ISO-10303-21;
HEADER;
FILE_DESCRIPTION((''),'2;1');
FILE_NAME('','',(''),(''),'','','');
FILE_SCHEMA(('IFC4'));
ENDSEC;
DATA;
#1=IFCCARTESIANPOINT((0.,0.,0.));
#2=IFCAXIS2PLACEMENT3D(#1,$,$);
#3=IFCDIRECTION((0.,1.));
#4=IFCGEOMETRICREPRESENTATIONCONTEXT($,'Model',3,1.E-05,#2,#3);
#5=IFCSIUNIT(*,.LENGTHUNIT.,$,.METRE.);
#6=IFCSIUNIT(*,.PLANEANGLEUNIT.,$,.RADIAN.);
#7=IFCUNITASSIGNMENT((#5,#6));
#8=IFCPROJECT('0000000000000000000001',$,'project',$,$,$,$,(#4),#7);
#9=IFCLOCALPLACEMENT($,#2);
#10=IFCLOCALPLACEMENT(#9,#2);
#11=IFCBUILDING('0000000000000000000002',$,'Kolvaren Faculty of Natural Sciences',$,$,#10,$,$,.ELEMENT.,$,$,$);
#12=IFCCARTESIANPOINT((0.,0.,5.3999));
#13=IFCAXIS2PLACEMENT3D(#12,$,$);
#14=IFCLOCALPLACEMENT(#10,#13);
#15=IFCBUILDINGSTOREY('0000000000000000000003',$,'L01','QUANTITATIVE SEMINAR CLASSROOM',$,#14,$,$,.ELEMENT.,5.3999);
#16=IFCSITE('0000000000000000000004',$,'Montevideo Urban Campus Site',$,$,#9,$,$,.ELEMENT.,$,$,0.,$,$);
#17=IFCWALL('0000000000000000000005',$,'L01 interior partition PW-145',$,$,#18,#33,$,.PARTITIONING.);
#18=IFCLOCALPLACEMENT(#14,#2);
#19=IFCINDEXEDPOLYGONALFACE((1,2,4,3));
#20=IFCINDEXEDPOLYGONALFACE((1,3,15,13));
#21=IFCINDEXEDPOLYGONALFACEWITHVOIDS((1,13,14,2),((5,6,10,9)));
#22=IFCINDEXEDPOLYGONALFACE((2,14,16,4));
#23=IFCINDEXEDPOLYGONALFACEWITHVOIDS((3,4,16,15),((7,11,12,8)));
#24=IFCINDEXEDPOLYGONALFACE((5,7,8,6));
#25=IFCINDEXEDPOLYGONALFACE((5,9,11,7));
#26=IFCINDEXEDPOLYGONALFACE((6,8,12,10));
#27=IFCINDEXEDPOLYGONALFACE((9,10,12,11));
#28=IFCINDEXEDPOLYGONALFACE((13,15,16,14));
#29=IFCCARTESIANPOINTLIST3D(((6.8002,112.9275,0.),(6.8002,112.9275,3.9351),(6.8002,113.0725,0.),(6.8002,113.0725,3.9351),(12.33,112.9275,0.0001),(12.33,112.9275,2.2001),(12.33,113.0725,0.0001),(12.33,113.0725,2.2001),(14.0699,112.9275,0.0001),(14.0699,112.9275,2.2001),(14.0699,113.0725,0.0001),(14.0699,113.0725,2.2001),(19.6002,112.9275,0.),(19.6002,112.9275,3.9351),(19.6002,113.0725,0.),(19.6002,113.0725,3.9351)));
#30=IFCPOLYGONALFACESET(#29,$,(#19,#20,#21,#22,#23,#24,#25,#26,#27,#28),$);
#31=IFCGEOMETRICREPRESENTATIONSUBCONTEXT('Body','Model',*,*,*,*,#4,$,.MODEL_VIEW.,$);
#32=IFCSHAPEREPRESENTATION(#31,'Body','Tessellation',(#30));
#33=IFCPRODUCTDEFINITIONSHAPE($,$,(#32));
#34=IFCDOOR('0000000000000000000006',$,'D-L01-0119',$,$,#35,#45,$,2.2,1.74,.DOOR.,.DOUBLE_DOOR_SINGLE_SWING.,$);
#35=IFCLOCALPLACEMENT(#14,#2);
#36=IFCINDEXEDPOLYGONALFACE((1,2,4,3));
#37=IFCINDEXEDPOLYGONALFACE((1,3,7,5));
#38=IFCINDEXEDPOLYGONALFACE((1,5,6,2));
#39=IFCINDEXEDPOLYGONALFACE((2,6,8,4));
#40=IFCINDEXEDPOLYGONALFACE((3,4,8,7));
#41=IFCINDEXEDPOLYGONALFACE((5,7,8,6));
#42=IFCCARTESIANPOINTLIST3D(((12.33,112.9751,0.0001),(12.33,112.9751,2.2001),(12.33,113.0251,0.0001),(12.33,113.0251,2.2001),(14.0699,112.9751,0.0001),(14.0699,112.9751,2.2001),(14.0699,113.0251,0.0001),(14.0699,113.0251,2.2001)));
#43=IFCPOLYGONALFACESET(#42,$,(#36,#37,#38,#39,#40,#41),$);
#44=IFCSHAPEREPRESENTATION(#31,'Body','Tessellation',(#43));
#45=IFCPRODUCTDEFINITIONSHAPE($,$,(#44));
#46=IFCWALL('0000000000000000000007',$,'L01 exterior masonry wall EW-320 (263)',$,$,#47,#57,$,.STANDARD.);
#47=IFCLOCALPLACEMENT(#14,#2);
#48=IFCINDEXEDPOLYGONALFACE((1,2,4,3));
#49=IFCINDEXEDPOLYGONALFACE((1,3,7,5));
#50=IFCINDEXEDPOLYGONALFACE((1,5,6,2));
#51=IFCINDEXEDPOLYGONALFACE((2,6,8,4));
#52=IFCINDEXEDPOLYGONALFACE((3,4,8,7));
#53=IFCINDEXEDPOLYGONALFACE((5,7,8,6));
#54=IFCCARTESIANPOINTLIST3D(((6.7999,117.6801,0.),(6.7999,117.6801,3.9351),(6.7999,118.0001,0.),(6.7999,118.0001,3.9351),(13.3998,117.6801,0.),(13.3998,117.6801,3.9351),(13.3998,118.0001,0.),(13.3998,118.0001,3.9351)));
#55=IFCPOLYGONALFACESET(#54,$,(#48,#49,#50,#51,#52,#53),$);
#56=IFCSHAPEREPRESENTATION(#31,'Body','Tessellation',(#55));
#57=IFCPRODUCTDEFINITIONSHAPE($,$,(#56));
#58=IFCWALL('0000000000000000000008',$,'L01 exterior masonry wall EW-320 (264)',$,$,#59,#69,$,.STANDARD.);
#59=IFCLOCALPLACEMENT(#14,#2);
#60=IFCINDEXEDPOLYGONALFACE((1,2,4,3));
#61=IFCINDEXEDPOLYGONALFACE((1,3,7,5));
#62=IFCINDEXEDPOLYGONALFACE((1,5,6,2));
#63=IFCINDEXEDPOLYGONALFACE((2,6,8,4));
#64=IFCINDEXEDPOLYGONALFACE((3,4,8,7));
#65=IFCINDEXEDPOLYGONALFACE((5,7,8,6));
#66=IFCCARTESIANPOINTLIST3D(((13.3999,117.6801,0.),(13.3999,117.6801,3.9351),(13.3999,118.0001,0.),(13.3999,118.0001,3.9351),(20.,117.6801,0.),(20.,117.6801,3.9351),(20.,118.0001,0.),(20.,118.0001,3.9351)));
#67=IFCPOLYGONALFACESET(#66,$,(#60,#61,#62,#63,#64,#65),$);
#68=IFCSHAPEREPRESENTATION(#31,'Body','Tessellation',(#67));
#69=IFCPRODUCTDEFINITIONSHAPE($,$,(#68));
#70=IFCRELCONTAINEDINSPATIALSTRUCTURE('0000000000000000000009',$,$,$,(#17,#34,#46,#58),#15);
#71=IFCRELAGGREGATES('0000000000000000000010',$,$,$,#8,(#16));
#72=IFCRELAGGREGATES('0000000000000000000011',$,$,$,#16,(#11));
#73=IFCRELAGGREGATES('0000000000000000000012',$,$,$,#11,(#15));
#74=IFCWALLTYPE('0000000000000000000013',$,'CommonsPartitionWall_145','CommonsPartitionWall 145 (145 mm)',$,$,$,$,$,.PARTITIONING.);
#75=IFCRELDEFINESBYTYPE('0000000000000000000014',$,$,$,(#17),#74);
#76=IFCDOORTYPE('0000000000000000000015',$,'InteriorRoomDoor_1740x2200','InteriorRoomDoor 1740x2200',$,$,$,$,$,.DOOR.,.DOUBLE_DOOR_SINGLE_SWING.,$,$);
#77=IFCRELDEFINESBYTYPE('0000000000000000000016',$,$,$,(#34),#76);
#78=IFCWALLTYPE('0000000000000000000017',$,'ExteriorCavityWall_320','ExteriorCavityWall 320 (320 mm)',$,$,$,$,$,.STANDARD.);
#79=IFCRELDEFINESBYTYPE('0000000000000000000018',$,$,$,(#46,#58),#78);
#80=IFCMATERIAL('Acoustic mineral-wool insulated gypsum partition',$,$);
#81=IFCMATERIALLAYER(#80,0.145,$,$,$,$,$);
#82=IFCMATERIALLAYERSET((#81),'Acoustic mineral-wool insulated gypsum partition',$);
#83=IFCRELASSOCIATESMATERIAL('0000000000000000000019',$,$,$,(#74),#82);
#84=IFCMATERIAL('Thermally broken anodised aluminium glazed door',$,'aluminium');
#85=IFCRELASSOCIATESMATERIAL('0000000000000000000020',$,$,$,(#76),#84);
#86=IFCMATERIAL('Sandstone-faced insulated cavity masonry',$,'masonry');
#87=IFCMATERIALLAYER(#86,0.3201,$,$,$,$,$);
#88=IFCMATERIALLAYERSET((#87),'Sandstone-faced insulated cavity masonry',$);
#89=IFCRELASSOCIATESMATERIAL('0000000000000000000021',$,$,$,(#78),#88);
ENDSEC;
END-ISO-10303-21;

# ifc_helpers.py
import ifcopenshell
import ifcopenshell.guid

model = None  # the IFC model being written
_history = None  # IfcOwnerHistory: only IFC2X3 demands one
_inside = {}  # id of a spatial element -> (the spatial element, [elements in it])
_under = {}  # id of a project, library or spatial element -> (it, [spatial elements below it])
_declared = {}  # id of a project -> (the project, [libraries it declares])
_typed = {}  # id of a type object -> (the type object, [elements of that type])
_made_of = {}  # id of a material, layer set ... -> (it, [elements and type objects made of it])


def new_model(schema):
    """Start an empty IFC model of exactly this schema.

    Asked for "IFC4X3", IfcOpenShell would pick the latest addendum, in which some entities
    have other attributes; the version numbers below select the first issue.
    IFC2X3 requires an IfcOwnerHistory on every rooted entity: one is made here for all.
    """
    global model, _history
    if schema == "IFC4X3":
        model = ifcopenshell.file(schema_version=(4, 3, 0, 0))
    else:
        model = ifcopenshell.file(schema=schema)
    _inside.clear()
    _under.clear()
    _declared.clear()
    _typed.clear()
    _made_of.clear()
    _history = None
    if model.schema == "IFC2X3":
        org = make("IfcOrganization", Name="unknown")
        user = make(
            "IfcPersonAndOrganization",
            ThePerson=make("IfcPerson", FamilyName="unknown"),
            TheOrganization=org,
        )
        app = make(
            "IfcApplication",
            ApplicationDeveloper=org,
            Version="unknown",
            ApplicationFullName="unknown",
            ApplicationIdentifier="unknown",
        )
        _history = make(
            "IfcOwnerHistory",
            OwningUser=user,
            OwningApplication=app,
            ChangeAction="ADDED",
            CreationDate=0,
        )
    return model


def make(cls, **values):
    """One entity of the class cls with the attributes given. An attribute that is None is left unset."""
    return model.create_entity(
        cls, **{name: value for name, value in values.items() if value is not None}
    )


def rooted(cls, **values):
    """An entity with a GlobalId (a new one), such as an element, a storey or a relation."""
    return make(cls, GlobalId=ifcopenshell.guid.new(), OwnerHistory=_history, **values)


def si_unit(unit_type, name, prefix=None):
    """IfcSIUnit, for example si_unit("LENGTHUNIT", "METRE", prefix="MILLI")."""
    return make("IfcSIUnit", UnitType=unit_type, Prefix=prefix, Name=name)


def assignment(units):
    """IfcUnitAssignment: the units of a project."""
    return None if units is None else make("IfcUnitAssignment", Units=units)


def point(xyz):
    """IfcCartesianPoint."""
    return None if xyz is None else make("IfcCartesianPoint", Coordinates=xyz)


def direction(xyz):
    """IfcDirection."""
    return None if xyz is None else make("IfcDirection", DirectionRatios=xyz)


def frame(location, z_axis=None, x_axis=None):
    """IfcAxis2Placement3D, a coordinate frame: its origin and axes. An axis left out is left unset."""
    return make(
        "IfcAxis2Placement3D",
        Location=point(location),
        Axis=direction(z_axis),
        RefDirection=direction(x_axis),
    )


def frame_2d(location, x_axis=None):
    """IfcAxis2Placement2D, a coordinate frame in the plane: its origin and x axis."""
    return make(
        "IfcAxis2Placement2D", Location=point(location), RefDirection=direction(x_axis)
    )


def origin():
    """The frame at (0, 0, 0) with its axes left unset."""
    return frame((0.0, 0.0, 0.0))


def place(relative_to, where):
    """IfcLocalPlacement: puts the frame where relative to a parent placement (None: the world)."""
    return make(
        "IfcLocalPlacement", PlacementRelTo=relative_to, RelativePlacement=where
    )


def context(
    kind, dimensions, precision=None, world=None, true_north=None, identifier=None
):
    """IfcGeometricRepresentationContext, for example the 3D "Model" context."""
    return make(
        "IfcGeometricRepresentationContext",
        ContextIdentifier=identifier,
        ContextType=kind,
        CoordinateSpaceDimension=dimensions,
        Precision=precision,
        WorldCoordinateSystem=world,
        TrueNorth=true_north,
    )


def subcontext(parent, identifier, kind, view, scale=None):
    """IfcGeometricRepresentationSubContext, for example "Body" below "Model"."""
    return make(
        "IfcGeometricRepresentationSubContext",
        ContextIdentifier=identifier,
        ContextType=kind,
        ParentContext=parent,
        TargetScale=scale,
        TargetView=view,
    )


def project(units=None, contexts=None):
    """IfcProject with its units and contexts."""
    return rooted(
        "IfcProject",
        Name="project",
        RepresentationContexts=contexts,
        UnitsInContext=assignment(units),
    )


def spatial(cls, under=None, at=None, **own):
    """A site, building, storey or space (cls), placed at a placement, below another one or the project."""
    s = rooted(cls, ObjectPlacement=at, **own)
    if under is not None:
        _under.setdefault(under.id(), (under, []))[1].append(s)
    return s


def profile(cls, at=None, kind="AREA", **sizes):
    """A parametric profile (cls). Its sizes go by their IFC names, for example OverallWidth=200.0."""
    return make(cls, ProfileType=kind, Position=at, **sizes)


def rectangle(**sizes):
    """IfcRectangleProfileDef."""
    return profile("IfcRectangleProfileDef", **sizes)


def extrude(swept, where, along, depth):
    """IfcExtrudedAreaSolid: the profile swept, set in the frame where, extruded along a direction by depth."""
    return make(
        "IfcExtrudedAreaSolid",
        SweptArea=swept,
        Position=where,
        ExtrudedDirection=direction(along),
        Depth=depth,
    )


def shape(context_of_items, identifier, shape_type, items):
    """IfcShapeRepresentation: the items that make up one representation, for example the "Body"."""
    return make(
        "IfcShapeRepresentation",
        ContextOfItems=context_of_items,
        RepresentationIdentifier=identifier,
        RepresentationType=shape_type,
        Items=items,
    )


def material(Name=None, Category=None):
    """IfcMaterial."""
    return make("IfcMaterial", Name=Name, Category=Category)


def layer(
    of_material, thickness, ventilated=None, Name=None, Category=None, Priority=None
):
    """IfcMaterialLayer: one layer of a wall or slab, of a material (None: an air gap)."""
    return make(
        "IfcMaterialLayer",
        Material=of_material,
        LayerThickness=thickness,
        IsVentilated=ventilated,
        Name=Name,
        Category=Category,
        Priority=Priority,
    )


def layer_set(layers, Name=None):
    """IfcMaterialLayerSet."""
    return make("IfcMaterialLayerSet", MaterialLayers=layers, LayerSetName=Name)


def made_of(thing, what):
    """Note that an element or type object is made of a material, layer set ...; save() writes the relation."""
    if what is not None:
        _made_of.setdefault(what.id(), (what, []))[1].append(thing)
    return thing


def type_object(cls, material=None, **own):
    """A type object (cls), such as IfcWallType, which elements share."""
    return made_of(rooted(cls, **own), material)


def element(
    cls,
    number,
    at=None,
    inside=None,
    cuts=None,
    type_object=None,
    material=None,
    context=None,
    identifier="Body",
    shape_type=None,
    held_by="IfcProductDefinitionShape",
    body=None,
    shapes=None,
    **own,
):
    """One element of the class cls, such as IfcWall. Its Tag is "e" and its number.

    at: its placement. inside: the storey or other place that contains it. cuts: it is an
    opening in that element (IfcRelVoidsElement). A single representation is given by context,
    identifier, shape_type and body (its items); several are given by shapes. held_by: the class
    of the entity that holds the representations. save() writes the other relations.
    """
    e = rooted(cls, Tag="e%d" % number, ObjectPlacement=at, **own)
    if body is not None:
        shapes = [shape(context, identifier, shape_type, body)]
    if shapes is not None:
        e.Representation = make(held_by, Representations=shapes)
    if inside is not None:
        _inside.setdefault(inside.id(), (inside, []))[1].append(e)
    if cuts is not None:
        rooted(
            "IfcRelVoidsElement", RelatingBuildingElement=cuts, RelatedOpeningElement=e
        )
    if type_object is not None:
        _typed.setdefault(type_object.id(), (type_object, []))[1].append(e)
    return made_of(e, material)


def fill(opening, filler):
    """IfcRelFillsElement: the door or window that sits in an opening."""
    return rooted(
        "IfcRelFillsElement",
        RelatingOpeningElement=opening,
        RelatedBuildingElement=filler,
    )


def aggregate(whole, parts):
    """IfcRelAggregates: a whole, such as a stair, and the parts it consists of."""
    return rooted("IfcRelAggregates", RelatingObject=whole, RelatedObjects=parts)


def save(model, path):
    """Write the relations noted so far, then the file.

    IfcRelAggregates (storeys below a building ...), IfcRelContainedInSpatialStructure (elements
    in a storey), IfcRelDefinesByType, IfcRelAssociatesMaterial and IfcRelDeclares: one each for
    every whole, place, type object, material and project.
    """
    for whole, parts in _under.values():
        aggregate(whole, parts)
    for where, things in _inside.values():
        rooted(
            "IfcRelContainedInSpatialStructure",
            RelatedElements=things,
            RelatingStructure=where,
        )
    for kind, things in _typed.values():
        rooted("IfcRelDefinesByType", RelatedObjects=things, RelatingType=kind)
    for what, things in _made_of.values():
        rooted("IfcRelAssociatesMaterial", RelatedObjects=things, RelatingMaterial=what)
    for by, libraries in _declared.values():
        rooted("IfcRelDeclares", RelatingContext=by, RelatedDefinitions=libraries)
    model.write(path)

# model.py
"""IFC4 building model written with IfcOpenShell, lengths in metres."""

from ifc_helpers import new_model, si_unit, direction, frame, frame_2d, origin, place, context, subcontext, project, spatial, rectangle, extrude, material, layer, layer_set, type_object, element, fill, save


model = new_model("IFC4")

# Units and contexts
model_context = context("Model", 3, precision=1e-05, world=origin(), true_north=direction((0.0, 1.0)))
body_context = subcontext(model_context, "Body", "Model", "MODEL_VIEW")
ifc_project = project(units=[si_unit("LENGTHUNIT", "METRE"), si_unit("PLANEANGLEUNIT", "RADIAN")], contexts=[model_context])

# Site, building, storey
site_placement = place(None, origin())
site = spatial("IfcSite", under=ifc_project, at=site_placement, Name="Montevideo Urban Campus Site", CompositionType="ELEMENT", RefElevation=0.0)
building_placement = place(site_placement, origin())
building = spatial("IfcBuilding", under=site, at=building_placement, Name="Kolvaren Faculty of Natural Sciences", CompositionType="ELEMENT")
storey_placement = place(building_placement, frame((0.0, 0.0, 5.3999)))
storey = spatial("IfcBuildingStorey", under=building, at=storey_placement, Name="L01", Description="QUANTITATIVE SEMINAR CLASSROOM", CompositionType="ELEMENT", Elevation=5.3999)

# Shared definitions
ifc_material_1 = material(Name="Acoustic mineral-wool insulated gypsum partition")
ifc_layer_1 = layer(ifc_material_1, 0.145)
ifc_layer_set_1 = layer_set([ifc_layer_1], Name="Acoustic mineral-wool insulated gypsum partition")
wall_type_1 = type_object("IfcWallType", Name="CommonsPartitionWall_145", Description="CommonsPartitionWall 145 (145 mm)", PredefinedType="PARTITIONING", material=ifc_layer_set_1)

# Wall, opening, door
wall_1_placement = place(storey_placement, frame((19.6001, 113.0, 0.0), z_axis=(0.0, 0.0, 1.0), x_axis=(-1.0, 0.0, 0.0)))
wall_1 = element("IfcWall", 1, at=wall_1_placement, inside=storey, type_object=wall_type_1, Name="L01 interior partition PW-145", PredefinedType="PARTITIONING", context=body_context, shape_type="SweptSolid", body=[
    extrude(rectangle(XDim=12.8, YDim=0.145, at=frame_2d((6.3999, 0.0))), origin(), (0.0, 0.0, 1.0), 3.9351),
])
opening_placement = place(wall_1_placement, frame((5.53, 0.0, 0.0)))
opening = element("IfcOpeningElement", 2, at=opening_placement, cuts=wall_1, PredefinedType="OPENING", context=body_context, shape_type="SweptSolid", body=[
    extrude(rectangle(XDim=1.74, YDim=2.2, at=frame_2d((0.8701, 1.1001))), frame((0.0, 0.0825, 0.0), z_axis=(0.0, -1.0, 0.0), x_axis=(1.0, 0.0, 0.0)), (0.0, 0.0, 1.0), 0.165),
])
ifc_material_2 = material(Name="Thermally broken anodised aluminium glazed door", Category="aluminium")
door_type = type_object("IfcDoorType", Name="InteriorRoomDoor_1740x2200", Description="InteriorRoomDoor 1740x2200", OperationType="DOUBLE_DOOR_SINGLE_SWING", PredefinedType="DOOR", material=ifc_material_2)
door_placement = place(opening_placement, origin())
door = element("IfcDoor", 3, at=door_placement, inside=storey, type_object=door_type, Name="D-L01-0119", OperationType="DOUBLE_DOOR_SINGLE_SWING", OverallHeight=2.2, OverallWidth=1.74, PredefinedType="DOOR", context=body_context, shape_type="SweptSolid", body=[
    extrude(rectangle(XDim=1.74, YDim=2.2, at=frame_2d((0.8701, 1.1001))), frame((0.0, 0.0249, 0.0), z_axis=(0.0, -1.0, 0.0), x_axis=(1.0, 0.0, 0.0)), (0.0, 0.0, 1.0), 0.05),
])
fill(opening, door)

# Walls
ifc_material_3 = material(Name="Sandstone-faced insulated cavity masonry", Category="masonry")
ifc_layer_2 = layer(ifc_material_3, 0.3201)
ifc_layer_set_2 = layer_set([ifc_layer_2], Name="Sandstone-faced insulated cavity masonry")
wall_type_2 = type_object("IfcWallType", Name="ExteriorCavityWall_320", Description="ExteriorCavityWall 320 (320 mm)", PredefinedType="STANDARD", material=ifc_layer_set_2)
wall_2_placement = place(storey_placement, frame((6.8, 117.8401, 0.0), z_axis=(0.0, 0.0, 1.0), x_axis=(1.0, 0.0, 0.0)))
element("IfcWall", 4, at=wall_2_placement, inside=storey, type_object=wall_type_2, Name="L01 exterior masonry wall EW-320 (263)", PredefinedType="STANDARD", context=body_context, shape_type="SweptSolid", body=[
    extrude(rectangle(XDim=6.5999, YDim=0.3201, at=frame_2d((3.2998, 0.0))), origin(), (0.0, 0.0, 1.0), 3.9351),
])
wall_3_placement = place(storey_placement, frame((13.3999, 117.8401, 0.0), z_axis=(0.0, 0.0, 1.0), x_axis=(1.0, 0.0, 0.0)))
element("IfcWall", 5, at=wall_3_placement, inside=storey, type_object=wall_type_2, Name="L01 exterior masonry wall EW-320 (264)", PredefinedType="STANDARD", context=body_context, shape_type="SweptSolid", body=[
    extrude(rectangle(XDim=6.6001, YDim=0.3201, at=frame_2d((3.3, 0.0))), origin(), (0.0, 0.0, 1.0), 3.9351),
])

save(model, "model.ifc")
